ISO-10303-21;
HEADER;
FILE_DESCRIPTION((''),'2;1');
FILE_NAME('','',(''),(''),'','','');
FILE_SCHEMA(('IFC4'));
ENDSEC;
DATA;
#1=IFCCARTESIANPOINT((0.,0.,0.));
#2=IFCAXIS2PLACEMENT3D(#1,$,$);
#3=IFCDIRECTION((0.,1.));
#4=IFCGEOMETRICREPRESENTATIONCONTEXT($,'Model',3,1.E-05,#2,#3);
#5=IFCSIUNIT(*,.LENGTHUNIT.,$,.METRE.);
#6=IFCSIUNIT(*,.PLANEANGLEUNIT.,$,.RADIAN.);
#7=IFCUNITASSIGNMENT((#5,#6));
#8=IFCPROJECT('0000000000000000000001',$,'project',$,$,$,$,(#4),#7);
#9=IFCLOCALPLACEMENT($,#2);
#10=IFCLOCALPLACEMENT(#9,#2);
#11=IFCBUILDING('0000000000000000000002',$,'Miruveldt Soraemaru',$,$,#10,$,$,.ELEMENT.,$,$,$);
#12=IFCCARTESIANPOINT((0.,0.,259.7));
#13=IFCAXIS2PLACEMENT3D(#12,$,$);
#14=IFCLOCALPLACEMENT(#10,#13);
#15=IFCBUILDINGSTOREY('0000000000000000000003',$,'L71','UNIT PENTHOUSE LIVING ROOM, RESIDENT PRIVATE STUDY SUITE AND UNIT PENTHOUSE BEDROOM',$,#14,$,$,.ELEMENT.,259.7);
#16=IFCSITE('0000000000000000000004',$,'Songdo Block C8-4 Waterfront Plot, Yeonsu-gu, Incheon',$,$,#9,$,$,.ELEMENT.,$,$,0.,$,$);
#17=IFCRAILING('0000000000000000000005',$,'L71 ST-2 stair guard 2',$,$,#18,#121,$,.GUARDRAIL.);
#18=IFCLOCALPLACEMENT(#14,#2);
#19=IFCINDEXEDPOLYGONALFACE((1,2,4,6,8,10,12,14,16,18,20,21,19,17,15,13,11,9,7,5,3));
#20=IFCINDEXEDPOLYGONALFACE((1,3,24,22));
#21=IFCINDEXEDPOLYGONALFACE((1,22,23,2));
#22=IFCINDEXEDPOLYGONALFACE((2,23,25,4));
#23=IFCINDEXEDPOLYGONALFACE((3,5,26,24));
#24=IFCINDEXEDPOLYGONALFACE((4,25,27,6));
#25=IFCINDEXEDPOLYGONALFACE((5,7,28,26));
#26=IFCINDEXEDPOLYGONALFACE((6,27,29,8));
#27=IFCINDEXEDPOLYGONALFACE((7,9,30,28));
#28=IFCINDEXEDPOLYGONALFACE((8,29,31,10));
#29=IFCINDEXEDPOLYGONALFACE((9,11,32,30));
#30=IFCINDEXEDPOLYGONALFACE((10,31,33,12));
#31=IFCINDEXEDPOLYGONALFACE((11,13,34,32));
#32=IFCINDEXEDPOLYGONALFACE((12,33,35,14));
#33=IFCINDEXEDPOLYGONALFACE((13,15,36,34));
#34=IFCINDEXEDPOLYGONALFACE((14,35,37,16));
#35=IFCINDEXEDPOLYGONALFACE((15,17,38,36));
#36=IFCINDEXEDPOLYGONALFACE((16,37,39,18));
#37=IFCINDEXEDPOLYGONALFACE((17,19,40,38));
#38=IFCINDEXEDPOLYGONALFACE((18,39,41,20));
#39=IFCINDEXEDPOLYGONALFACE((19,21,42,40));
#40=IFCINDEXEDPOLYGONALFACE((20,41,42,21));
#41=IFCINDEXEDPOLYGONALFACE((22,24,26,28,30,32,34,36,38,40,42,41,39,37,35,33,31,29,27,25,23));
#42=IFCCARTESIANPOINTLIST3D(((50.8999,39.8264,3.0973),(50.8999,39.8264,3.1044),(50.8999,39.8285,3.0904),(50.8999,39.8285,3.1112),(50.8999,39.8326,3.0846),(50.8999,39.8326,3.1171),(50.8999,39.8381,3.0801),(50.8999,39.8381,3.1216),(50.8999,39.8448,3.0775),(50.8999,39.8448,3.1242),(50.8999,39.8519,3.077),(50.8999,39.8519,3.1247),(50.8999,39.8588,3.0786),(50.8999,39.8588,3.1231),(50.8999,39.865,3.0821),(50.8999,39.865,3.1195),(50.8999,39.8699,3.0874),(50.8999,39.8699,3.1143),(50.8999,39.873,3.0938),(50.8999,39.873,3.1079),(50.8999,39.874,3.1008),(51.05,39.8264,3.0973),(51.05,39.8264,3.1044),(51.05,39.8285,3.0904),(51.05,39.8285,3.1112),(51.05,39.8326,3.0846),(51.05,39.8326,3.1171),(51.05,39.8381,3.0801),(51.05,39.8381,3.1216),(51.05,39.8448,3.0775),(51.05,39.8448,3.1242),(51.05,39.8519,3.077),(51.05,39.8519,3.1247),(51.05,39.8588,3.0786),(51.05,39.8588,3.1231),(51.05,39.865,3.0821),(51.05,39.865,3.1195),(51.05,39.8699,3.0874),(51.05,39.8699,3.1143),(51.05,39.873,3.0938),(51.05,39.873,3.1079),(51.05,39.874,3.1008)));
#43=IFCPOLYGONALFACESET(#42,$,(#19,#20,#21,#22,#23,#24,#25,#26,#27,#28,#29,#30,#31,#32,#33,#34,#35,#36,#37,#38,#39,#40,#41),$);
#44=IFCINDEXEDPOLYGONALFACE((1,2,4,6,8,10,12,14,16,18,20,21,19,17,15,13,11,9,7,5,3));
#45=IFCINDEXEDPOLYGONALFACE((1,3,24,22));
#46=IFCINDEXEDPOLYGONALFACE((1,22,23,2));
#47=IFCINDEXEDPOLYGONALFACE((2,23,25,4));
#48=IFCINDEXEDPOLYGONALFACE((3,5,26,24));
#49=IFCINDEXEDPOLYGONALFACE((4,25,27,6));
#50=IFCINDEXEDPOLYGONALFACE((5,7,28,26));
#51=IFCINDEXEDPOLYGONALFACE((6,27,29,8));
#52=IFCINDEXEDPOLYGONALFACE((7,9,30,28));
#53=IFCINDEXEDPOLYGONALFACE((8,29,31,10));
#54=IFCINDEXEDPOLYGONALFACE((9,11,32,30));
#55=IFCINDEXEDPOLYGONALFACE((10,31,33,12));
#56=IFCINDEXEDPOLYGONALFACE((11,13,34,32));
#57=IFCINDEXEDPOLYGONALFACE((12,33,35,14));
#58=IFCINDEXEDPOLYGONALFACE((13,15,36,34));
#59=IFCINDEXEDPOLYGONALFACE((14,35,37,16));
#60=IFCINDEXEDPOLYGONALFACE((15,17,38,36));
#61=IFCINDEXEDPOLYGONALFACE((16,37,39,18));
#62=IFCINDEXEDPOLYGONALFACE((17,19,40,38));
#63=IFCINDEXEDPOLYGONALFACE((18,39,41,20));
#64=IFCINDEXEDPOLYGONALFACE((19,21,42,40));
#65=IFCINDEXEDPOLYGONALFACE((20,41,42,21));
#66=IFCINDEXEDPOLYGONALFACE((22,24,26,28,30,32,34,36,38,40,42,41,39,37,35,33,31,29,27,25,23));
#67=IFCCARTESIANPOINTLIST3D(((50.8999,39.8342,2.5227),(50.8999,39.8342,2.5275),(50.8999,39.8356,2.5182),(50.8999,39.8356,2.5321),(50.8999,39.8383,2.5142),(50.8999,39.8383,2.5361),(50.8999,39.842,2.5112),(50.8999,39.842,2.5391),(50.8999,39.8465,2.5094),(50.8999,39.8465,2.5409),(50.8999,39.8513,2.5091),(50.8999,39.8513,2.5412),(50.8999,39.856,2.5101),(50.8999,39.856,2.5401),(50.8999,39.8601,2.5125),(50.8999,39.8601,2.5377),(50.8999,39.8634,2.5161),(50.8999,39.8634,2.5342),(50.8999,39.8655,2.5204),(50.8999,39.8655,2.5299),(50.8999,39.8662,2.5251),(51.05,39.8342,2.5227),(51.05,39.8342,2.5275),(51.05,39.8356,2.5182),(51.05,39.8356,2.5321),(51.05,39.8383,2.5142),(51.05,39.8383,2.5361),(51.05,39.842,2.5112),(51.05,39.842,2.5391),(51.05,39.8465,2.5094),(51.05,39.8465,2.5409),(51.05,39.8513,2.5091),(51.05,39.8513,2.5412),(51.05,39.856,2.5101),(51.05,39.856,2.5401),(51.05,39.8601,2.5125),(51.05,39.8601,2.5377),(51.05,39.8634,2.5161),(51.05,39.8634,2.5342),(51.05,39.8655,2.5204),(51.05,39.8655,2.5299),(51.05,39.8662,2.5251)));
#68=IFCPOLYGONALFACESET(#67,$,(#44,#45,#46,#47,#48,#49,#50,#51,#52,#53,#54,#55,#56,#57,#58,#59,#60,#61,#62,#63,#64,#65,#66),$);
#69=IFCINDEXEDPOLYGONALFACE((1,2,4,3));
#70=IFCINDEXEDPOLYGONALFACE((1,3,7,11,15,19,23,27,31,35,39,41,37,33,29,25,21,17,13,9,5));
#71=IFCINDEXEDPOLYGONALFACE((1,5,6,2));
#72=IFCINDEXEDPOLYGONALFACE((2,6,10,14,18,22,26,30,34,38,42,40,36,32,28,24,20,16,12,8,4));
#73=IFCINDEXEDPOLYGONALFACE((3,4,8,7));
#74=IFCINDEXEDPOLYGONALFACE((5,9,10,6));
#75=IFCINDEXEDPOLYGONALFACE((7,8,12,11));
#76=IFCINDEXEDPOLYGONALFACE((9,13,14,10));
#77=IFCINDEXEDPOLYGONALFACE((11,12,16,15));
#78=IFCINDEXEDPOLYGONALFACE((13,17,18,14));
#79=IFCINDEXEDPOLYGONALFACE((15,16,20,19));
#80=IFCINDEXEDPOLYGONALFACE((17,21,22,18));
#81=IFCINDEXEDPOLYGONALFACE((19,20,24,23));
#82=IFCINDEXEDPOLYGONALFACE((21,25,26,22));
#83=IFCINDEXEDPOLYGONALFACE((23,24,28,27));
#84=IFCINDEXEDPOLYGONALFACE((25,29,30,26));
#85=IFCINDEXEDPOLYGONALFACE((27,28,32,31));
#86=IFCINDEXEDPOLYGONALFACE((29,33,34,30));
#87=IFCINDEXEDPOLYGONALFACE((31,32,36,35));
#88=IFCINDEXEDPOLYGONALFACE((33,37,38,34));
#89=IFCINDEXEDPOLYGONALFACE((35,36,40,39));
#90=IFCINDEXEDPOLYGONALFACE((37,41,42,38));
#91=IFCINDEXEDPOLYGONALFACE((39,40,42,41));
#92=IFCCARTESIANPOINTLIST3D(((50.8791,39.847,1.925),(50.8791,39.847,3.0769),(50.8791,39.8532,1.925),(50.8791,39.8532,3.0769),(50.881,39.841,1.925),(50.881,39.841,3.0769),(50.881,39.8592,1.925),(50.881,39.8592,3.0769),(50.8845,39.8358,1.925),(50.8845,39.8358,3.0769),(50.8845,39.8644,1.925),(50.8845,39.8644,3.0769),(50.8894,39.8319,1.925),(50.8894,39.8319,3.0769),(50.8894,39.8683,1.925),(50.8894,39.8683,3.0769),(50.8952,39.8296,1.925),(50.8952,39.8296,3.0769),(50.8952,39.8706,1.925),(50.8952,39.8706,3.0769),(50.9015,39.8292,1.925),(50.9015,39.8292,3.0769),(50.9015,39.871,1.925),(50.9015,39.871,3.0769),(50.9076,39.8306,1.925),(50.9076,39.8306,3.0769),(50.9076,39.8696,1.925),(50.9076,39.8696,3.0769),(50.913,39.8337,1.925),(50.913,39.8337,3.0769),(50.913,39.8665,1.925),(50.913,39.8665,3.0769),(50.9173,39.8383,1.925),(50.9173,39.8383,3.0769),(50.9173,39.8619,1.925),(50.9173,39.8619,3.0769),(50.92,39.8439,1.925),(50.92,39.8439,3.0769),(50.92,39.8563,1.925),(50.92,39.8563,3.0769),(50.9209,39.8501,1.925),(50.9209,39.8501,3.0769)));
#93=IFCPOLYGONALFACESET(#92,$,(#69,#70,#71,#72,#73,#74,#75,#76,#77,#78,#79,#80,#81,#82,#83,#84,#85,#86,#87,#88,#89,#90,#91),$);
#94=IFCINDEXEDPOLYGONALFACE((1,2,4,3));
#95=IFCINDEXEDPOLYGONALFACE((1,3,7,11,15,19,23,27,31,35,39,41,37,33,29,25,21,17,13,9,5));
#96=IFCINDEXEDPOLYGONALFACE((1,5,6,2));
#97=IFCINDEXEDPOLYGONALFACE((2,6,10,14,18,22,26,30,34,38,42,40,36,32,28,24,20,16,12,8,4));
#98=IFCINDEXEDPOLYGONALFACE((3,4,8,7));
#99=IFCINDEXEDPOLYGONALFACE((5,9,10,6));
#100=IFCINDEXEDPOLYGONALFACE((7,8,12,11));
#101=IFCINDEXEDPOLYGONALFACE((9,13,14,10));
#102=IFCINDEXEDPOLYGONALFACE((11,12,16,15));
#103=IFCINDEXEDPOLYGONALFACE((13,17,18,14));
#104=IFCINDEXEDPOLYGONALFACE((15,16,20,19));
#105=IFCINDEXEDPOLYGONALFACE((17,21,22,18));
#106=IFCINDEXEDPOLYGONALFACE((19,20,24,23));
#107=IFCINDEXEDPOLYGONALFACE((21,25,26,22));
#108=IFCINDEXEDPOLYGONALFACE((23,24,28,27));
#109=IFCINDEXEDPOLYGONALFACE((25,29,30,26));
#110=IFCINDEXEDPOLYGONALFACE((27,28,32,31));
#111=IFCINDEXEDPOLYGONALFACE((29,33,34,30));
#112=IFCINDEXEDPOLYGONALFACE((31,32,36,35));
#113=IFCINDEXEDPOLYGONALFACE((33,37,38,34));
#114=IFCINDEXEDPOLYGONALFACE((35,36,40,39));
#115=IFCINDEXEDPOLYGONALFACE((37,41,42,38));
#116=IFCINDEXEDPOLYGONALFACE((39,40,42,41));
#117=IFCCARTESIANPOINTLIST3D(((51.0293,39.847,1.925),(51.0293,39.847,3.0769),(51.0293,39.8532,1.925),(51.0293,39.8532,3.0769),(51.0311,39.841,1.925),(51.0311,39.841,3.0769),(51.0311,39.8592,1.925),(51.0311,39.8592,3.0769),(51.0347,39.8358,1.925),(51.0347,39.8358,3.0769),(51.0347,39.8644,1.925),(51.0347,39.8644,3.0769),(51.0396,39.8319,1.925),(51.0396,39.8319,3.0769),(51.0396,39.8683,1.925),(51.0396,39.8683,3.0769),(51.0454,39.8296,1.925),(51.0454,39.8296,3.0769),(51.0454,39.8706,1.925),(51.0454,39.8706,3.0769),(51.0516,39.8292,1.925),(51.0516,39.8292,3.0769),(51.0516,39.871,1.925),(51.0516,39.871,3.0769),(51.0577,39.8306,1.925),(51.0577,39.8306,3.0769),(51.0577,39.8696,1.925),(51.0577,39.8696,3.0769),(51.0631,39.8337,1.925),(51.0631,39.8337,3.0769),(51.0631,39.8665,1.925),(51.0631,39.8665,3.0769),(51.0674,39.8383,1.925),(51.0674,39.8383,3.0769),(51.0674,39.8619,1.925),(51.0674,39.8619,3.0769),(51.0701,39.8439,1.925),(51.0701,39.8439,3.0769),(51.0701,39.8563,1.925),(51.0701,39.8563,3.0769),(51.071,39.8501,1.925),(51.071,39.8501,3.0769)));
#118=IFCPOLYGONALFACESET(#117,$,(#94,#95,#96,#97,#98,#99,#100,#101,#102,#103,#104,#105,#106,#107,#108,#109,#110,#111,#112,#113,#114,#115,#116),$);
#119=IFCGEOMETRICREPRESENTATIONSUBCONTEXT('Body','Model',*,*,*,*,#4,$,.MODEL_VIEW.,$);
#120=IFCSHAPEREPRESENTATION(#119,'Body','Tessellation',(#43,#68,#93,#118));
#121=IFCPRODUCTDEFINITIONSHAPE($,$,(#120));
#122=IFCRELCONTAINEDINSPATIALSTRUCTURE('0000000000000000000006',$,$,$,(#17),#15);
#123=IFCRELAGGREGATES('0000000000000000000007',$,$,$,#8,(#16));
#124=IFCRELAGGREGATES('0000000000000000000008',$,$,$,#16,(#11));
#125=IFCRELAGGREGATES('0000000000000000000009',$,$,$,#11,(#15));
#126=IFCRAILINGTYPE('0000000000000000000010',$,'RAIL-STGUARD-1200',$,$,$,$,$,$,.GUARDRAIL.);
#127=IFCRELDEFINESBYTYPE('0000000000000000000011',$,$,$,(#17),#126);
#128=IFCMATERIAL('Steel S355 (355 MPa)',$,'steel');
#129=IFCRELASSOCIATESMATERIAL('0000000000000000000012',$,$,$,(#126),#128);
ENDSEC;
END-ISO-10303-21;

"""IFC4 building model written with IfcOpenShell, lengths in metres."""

from ifc_helpers import new_model, si_unit, direction, frame, origin, origin_2d, place, context, subcontext, project, spatial, circle, extrude, material, type_object, element, save


model = new_model("IFC4")

# Units and contexts
model_context = context("Model", 3, precision=1e-05, world=origin(), true_north=direction((0.0, 1.0)))
body_context = subcontext(model_context, "Body", "Model", "MODEL_VIEW")
ifc_project = project(units=[si_unit("LENGTHUNIT", "METRE"), si_unit("PLANEANGLEUNIT", "RADIAN")], contexts=[model_context])

# Site, building, storey
site_placement = place(None, origin())
site = spatial("IfcSite", under=ifc_project, at=site_placement, Name="Songdo Block C8-4 Waterfront Plot, Yeonsu-gu, Incheon", CompositionType="ELEMENT", RefElevation=0.0)
building_placement = place(site_placement, origin())
building = spatial("IfcBuilding", under=site, at=building_placement, Name="Miruveldt Soraemaru", CompositionType="ELEMENT")
storey_placement = place(building_placement, frame((0.0, 0.0, 259.7)))
storey = spatial("IfcBuildingStorey", under=building, at=storey_placement, Name="L71", Description="UNIT PENTHOUSE LIVING ROOM, RESIDENT PRIVATE STUDY SUITE AND UNIT PENTHOUSE BEDROOM", CompositionType="ELEMENT", Elevation=259.7)

# Railing
ifc_material_1 = material(Name="Steel S355 (355 MPa)", Category="steel")
railing_type = type_object("IfcRailingType", Name="RAIL-STGUARD-1200", PredefinedType="GUARDRAIL", material=ifc_material_1)
railing_placement = place(storey_placement, frame((50.8999, 39.8501, 1.925)))
element("IfcRailing", 1, at=railing_placement, inside=storey, type_object=railing_type, Name="L71 ST-2 stair guard 2", PredefinedType="GUARDRAIL", context=body_context, shape_type="SweptSolid", body=[
    extrude(circle(Radius=0.0239, at=origin_2d()), frame((0.0, 0.0, 1.1758), z_axis=(1.0, 0.0, 0.0), x_axis=(0.0, 1.0, 0.0)), (0.0, 0.0, 1.0), 0.1501),
    extrude(circle(Radius=0.0161, at=origin_2d()), frame((0.0, 0.0, 0.6001), z_axis=(1.0, 0.0, 0.0), x_axis=(0.0, 1.0, 0.0)), (0.0, 0.0, 1.0), 0.1501),
    extrude(circle(Radius=0.021, at=origin_2d()), origin(), (0.0, 0.0, 1.0), 1.1519),
    extrude(circle(Radius=0.021, at=origin_2d()), frame((0.1501, 0.0, 0.0)), (0.0, 0.0, 1.0), 1.1519),
])

save(model, "model.ifc")
